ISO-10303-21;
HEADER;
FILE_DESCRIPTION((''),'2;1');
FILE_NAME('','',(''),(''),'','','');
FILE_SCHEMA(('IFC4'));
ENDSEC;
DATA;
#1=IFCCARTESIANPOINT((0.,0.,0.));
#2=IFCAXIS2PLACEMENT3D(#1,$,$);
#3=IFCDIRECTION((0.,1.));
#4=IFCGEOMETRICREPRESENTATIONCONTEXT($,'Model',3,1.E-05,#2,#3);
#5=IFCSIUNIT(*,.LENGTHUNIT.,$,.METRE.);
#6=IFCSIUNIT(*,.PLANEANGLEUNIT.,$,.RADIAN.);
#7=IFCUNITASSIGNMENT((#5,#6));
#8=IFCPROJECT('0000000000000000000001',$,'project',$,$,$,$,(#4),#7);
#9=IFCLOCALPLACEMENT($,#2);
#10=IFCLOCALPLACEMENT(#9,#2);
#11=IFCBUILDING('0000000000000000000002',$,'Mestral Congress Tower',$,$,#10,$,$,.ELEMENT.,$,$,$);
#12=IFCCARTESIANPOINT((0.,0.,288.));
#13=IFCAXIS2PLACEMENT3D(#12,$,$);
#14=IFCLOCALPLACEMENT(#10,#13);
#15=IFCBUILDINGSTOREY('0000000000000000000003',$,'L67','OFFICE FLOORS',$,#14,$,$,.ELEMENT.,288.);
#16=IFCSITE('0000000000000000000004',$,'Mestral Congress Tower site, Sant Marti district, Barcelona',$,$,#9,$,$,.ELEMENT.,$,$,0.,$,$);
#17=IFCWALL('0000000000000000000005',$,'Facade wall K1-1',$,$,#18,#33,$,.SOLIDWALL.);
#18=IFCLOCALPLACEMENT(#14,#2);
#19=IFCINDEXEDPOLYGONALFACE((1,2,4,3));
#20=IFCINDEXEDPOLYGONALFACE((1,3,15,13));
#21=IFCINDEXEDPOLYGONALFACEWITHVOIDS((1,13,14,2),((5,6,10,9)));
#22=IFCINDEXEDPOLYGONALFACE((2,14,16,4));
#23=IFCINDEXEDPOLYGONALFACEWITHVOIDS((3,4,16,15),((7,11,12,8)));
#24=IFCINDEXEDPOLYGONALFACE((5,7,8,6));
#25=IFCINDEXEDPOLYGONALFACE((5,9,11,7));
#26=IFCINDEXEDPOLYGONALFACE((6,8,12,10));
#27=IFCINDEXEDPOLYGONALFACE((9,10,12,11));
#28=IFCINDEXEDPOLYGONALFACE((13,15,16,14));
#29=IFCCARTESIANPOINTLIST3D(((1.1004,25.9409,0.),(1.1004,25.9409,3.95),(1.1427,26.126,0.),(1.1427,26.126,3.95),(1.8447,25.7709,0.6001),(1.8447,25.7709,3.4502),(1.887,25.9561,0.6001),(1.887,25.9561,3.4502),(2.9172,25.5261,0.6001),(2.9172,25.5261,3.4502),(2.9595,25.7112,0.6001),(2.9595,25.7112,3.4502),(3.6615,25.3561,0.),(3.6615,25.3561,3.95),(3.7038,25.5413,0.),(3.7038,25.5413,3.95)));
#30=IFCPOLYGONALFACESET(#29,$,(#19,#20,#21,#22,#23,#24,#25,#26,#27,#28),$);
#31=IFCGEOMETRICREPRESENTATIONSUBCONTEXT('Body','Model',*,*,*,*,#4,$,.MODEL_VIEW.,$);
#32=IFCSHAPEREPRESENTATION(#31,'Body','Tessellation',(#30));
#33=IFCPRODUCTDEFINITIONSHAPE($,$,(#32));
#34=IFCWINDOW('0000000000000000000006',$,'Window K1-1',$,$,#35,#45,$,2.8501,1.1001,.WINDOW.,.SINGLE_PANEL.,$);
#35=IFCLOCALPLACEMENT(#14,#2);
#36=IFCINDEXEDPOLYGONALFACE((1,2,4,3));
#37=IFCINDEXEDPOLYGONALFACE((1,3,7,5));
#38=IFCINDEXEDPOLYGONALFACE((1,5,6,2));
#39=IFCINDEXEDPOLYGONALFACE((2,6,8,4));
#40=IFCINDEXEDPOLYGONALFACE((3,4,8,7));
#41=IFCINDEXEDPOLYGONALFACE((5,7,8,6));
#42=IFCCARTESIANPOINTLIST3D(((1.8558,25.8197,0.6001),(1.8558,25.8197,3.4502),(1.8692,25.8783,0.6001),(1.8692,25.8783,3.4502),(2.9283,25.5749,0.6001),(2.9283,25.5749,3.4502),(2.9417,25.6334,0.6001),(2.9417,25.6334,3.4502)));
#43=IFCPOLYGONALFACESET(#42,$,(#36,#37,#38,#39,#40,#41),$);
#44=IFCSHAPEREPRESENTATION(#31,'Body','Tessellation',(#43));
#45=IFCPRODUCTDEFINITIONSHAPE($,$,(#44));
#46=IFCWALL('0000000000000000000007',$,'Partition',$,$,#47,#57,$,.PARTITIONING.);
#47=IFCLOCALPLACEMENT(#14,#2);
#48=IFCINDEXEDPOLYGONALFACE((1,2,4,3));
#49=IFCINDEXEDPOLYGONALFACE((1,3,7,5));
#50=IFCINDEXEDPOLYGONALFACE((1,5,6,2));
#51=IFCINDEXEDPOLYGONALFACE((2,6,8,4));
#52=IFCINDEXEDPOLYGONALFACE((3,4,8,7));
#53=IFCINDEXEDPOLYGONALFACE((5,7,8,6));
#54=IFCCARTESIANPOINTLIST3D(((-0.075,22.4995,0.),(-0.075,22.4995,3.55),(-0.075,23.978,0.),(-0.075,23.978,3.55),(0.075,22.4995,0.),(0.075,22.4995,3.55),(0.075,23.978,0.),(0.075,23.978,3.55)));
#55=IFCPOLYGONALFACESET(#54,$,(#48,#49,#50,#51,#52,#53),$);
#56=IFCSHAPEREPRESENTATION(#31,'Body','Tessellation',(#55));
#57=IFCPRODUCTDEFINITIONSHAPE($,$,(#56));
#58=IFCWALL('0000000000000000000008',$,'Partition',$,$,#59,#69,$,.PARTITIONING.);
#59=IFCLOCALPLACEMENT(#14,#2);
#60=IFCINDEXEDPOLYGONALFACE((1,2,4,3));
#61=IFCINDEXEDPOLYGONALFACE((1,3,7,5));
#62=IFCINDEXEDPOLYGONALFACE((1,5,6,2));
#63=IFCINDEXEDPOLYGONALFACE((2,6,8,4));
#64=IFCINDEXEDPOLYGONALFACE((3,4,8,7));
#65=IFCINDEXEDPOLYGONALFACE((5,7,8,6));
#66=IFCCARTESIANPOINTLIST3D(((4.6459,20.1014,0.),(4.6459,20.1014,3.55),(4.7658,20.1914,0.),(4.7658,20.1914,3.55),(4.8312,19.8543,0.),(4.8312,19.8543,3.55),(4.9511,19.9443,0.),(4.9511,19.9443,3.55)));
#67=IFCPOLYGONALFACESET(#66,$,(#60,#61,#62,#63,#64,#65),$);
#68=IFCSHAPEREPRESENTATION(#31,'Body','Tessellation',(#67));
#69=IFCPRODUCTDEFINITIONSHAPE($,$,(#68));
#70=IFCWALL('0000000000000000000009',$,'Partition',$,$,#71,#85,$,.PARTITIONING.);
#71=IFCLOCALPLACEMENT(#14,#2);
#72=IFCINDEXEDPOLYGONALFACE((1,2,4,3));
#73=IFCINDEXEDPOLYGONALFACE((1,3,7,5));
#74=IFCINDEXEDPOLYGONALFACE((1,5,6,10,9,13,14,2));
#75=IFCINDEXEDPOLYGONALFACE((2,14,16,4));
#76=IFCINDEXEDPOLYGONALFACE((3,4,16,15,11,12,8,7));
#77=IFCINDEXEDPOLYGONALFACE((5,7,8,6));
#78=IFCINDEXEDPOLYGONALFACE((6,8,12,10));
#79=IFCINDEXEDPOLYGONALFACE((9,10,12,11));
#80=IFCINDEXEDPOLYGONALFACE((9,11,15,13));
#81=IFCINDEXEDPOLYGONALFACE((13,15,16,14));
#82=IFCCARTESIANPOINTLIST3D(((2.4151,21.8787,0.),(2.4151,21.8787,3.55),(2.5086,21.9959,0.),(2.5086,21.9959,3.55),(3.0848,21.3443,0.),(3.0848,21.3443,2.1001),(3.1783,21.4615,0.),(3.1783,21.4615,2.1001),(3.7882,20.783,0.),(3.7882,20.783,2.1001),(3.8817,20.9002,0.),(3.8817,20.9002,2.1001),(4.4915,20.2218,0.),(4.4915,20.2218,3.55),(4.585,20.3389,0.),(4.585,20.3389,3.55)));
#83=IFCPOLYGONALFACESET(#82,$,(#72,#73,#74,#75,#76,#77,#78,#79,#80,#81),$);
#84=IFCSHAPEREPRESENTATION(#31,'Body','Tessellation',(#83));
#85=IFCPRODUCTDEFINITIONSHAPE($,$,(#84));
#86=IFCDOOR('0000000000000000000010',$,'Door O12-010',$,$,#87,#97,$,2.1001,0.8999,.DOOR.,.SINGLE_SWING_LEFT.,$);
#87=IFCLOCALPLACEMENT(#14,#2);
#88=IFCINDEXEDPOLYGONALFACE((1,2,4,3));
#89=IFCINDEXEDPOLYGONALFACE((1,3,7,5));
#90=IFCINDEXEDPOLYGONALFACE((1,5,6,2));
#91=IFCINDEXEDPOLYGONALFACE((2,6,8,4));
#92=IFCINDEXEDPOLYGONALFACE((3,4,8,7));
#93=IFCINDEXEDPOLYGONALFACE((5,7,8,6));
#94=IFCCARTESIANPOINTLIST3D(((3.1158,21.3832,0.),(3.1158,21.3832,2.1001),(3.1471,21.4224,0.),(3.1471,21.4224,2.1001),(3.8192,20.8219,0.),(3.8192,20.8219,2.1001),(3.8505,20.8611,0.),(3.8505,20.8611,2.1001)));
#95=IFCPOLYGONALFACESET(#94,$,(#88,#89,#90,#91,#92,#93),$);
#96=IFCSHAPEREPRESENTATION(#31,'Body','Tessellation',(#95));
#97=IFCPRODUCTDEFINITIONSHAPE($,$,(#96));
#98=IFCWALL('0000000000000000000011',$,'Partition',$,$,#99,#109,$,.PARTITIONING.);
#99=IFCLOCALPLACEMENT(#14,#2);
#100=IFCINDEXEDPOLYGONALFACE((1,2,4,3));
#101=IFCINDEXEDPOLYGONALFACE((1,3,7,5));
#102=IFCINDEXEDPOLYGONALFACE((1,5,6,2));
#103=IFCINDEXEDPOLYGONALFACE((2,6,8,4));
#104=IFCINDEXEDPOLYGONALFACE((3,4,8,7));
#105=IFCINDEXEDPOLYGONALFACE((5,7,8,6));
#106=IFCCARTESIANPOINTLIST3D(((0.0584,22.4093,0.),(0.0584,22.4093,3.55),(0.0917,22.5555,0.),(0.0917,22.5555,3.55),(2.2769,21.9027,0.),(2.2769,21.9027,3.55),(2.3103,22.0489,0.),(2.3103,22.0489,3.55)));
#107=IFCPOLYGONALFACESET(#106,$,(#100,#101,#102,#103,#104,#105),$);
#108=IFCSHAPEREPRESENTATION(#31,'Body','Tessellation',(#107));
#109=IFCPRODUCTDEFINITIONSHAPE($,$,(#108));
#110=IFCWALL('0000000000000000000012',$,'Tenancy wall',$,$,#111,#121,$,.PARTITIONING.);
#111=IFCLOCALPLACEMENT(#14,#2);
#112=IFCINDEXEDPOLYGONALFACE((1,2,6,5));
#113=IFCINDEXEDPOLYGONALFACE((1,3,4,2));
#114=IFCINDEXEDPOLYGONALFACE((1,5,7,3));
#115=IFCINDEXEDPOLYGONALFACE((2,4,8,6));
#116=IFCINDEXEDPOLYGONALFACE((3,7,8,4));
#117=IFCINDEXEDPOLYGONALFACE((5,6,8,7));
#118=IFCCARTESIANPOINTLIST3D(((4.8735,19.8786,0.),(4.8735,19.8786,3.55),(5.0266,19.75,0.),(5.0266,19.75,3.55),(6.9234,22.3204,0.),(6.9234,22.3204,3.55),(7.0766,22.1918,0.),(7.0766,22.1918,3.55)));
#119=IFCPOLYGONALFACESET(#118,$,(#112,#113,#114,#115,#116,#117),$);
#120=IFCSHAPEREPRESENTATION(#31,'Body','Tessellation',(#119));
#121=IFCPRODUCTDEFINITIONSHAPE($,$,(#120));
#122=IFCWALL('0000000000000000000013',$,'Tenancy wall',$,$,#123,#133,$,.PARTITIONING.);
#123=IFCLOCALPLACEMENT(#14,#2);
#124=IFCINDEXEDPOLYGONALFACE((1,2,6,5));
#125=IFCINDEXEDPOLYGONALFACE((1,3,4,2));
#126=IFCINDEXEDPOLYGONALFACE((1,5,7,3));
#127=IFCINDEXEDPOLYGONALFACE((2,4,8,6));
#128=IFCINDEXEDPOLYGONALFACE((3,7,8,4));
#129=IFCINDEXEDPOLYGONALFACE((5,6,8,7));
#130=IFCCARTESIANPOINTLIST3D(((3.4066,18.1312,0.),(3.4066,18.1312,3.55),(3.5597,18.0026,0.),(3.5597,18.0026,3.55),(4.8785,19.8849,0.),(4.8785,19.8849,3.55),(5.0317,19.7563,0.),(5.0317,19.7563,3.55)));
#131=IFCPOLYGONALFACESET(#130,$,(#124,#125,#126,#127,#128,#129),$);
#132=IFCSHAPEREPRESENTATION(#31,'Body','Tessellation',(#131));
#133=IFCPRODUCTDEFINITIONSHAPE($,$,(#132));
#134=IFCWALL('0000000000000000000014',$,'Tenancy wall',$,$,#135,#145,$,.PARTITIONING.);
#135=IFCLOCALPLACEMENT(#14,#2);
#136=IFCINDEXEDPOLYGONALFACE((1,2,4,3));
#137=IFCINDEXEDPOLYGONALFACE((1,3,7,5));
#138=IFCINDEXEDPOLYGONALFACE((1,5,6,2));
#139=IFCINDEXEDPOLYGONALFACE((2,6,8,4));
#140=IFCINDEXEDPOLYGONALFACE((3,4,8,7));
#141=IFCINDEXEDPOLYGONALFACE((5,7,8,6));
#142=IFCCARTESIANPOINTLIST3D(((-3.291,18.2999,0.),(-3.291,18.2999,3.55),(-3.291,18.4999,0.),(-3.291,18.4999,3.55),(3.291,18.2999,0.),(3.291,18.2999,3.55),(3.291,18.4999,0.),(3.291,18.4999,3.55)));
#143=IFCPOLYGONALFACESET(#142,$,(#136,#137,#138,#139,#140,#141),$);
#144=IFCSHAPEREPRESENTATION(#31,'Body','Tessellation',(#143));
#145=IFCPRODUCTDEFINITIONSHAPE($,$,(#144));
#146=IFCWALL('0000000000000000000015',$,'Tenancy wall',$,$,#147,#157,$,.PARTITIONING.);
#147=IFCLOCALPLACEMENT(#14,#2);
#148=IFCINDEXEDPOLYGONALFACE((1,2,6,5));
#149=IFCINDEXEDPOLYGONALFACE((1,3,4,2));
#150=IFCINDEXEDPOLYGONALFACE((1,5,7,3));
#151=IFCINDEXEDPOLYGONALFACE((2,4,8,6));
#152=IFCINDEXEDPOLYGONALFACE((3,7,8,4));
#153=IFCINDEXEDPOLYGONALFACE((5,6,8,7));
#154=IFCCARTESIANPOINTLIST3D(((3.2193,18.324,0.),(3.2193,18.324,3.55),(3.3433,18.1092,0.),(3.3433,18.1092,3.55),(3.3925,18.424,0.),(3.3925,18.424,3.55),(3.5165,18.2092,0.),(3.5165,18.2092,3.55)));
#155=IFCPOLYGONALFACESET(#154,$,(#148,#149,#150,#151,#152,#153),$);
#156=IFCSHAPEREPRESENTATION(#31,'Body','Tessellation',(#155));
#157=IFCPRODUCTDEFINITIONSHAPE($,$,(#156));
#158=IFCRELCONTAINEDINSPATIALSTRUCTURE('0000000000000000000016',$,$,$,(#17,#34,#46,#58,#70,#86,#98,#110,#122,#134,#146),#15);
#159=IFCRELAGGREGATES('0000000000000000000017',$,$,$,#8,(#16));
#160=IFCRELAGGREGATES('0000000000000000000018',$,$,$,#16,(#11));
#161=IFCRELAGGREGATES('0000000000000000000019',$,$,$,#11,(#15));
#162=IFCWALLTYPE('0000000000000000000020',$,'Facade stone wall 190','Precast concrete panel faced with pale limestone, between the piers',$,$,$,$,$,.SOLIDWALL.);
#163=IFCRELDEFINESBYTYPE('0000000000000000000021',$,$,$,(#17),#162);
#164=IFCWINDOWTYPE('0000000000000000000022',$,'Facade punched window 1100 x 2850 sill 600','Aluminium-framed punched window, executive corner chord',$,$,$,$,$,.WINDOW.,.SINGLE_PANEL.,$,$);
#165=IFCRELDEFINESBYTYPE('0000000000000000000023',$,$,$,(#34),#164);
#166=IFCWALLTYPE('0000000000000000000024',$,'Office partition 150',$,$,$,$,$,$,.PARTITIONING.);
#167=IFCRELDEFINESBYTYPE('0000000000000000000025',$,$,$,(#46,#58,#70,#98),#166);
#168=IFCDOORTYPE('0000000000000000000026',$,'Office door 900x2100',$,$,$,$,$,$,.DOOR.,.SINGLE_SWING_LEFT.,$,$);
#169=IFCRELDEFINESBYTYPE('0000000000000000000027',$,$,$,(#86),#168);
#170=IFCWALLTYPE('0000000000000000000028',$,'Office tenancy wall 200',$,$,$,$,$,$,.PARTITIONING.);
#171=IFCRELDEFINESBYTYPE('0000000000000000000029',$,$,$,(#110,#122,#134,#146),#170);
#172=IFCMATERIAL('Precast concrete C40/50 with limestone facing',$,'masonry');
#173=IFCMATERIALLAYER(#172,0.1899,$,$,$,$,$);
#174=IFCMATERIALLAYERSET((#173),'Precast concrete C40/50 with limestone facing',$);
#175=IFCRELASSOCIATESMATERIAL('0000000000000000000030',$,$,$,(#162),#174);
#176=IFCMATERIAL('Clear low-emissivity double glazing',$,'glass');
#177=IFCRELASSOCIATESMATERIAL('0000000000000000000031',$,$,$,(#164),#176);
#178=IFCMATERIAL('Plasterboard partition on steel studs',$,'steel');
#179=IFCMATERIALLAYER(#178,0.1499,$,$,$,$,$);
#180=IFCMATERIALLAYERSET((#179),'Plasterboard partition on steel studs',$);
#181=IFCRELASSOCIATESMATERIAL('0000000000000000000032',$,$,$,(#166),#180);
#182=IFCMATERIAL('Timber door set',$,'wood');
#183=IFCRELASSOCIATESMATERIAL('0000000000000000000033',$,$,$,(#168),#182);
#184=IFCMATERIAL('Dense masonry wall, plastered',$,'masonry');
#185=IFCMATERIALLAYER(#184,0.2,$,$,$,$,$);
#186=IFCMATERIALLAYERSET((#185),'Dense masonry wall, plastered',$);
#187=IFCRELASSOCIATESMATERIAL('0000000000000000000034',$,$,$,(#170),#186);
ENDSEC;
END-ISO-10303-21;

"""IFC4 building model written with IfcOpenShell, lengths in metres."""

from ifc_helpers import new_model, si_unit, direction, frame, frame_2d, origin, place, context, subcontext, project, spatial, rectangle, extrude, material, layer, layer_set, type_object, element, fill, save


model = new_model("IFC4")

# Units and contexts
model_context = context("Model", 3, precision=1e-05, world=origin(), true_north=direction((0.0, 1.0)))
body_context = subcontext(model_context, "Body", "Model", "MODEL_VIEW")
ifc_project = project(units=[si_unit("LENGTHUNIT", "METRE"), si_unit("PLANEANGLEUNIT", "RADIAN")], contexts=[model_context])

# Site, building, storey
site_placement = place(None, origin())
site = spatial("IfcSite", under=ifc_project, at=site_placement, Name="Mestral Congress Tower site, Sant Marti district, Barcelona", CompositionType="ELEMENT", RefElevation=0.0)
building_placement = place(site_placement, origin())
building = spatial("IfcBuilding", under=site, at=building_placement, Name="Mestral Congress Tower", CompositionType="ELEMENT")
storey_placement = place(building_placement, frame((0.0, 0.0, 288.0)))
storey = spatial("IfcBuildingStorey", under=building, at=storey_placement, Name="L67", Description="OFFICE FLOORS", CompositionType="ELEMENT", Elevation=288.0)

# Shared definitions
ifc_material_1 = material(Name="Precast concrete C40/50 with limestone facing", Category="masonry")
ifc_layer_1 = layer(ifc_material_1, 0.1899)
ifc_layer_set_1 = layer_set([ifc_layer_1], Name="Precast concrete C40/50 with limestone facing")
wall_type_1 = type_object("IfcWallType", Name="Facade stone wall 190", Description="Precast concrete panel faced with pale limestone, between the piers", PredefinedType="SOLIDWALL", material=ifc_layer_set_1)
ifc_material_2 = material(Name="Clear low-emissivity double glazing", Category="glass")

# Wall, opening, window
window_type_1 = type_object("IfcWindowType", Name="Facade punched window 1100 x 2850 sill 600", Description="Aluminium-framed punched window, executive corner chord", PartitioningType="SINGLE_PANEL", PredefinedType="WINDOW", material=ifc_material_2)
wall_1_placement = place(storey_placement, frame((3.6826, 25.4487, 0.0), z_axis=(0.0, 0.0, 1.0), x_axis=(-0.974913, 0.222585, 0.0)))
wall_1 = element("IfcWall", 1, at=wall_1_placement, inside=storey, type_object=wall_type_1, Name="Facade wall K1-1", PredefinedType="SOLIDWALL", context=body_context, shape_type="SweptSolid", body=[
    extrude(rectangle(XDim=2.627, YDim=0.1899, at=frame_2d((1.3135, 0.0))), origin(), (0.0, 0.0, 1.0), 3.95),
])
opening_1_placement = place(wall_1_placement, frame((0.7634, 0.0, 0.6001)))
opening_1 = element("IfcOpeningElement", 2, at=opening_1_placement, cuts=wall_1, PredefinedType="OPENING", context=body_context, shape_type="SweptSolid", body=[
    extrude(rectangle(XDim=1.1001, YDim=2.8501, at=frame_2d((0.55, 1.425))), frame((0.0, 0.105, 0.0), z_axis=(0.0, -1.0, 0.0), x_axis=(1.0, 0.0, 0.0)), (0.0, 0.0, 1.0), 0.21),
])
window_1_placement = place(opening_1_placement, origin())
window_1 = element("IfcWindow", 3, at=window_1_placement, inside=storey, type_object=window_type_1, Name="Window K1-1", OverallHeight=2.8501, OverallWidth=1.1001, PartitioningType="SINGLE_PANEL", PredefinedType="WINDOW", context=body_context, shape_type="SweptSolid", body=[
    extrude(rectangle(XDim=1.1001, YDim=2.8501, at=frame_2d((0.55, 1.425))), frame((0.0, 0.0449, 0.0), z_axis=(0.0, -1.0, 0.0), x_axis=(1.0, 0.0, 0.0)), (0.0, 0.0, 1.0), 0.0601),
])
fill(opening_1, window_1)

# Walls
ifc_material_3 = material(Name="Plasterboard partition on steel studs", Category="steel")
ifc_layer_2 = layer(ifc_material_3, 0.1499)
ifc_layer_set_2 = layer_set([ifc_layer_2], Name="Plasterboard partition on steel studs")
wall_type_2 = type_object("IfcWallType", Name="Office partition 150", PredefinedType="PARTITIONING", material=ifc_layer_set_2)
wall_2_placement = place(storey_placement, frame((0.0, 22.4995, 0.0), z_axis=(0.0, 0.0, 1.0), x_axis=(0.0, 1.0, 0.0)))
element("IfcWall", 4, at=wall_2_placement, inside=storey, type_object=wall_type_2, Name="Partition", PredefinedType="PARTITIONING", context=body_context, shape_type="SweptSolid", body=[
    extrude(rectangle(XDim=1.4785, YDim=0.1499, at=frame_2d((0.7393, 0.0))), origin(), (0.0, 0.0, 1.0), 3.55),
])
wall_3_placement = place(storey_placement, frame((4.8911, 19.8994, 0.0), z_axis=(0.0, 0.0, 1.0), x_axis=(-0.6, 0.8, 0.0)))
element("IfcWall", 5, at=wall_3_placement, inside=storey, type_object=wall_type_2, Name="Partition", PredefinedType="PARTITIONING", context=body_context, shape_type="SweptSolid", body=[
    extrude(rectangle(XDim=0.3088, YDim=0.1499, at=frame_2d((0.1543, 0.0))), origin(), (0.0, 0.0, 1.0), 3.55),
])

# Wall, opening, door
wall_4_placement = place(storey_placement, frame((2.4619, 21.9373, 0.0), z_axis=(0.0, 0.0, 1.0), x_axis=(0.78163, -0.623742, 0.0)))
wall_4 = element("IfcWall", 6, at=wall_4_placement, inside=storey, type_object=wall_type_2, Name="Partition", PredefinedType="PARTITIONING", context=body_context, shape_type="SweptSolid", body=[
    extrude(rectangle(XDim=2.6565, YDim=0.1499, at=frame_2d((1.3281, 0.0))), origin(), (0.0, 0.0, 1.0), 3.55),
])
opening_2_placement = place(wall_4_placement, frame((0.8567, 0.0, 0.0)))
opening_2 = element("IfcOpeningElement", 7, at=opening_2_placement, cuts=wall_4, PredefinedType="OPENING", context=body_context, shape_type="SweptSolid", body=[
    extrude(rectangle(XDim=0.8999, YDim=2.1001, at=frame_2d((0.45, 1.05))), frame((0.0, 0.085, 0.0), z_axis=(0.0, -1.0, 0.0), x_axis=(1.0, 0.0, 0.0)), (0.0, 0.0, 1.0), 0.1699),
])
ifc_material_4 = material(Name="Timber door set", Category="wood")
door_type = type_object("IfcDoorType", Name="Office door 900x2100", OperationType="SINGLE_SWING_LEFT", PredefinedType="DOOR", material=ifc_material_4)
door_placement = place(opening_2_placement, origin())
door = element("IfcDoor", 8, at=door_placement, inside=storey, type_object=door_type, Name="Door O12-010", OperationType="SINGLE_SWING_LEFT", OverallHeight=2.1001, OverallWidth=0.8999, PredefinedType="DOOR", context=body_context, shape_type="SweptSolid", body=[
    extrude(rectangle(XDim=0.8999, YDim=2.1001, at=frame_2d((0.45, 1.05))), frame((0.0, 0.0249, 0.0), z_axis=(0.0, -1.0, 0.0), x_axis=(1.0, 0.0, 0.0)), (0.0, 0.0, 1.0), 0.05),
])
fill(opening_2, door)

# Walls
wall_5_placement = place(storey_placement, frame((2.2935, 21.9758, 0.0), z_axis=(0.0, 0.0, 1.0), x_axis=(-0.974906, 0.222618, 0.0)))
element("IfcWall", 9, at=wall_5_placement, inside=storey, type_object=wall_type_2, Name="Partition", PredefinedType="PARTITIONING", context=body_context, shape_type="SweptSolid", body=[
    extrude(rectangle(XDim=2.2756, YDim=0.1499, at=frame_2d((1.1377, 0.0))), origin(), (0.0, 0.0, 1.0), 3.55),
])
ifc_material_5 = material(Name="Dense masonry wall, plastered", Category="masonry")
ifc_layer_3 = layer(ifc_material_5, 0.2)
ifc_layer_set_3 = layer_set([ifc_layer_3], Name="Dense masonry wall, plastered")
wall_type_3 = type_object("IfcWallType", Name="Office tenancy wall 200", PredefinedType="PARTITIONING", material=ifc_layer_set_3)
wall_6_placement = place(storey_placement, frame((4.95, 19.8142, 0.0), z_axis=(0.0, 0.0, 1.0), x_axis=(0.642982, 0.765881, 0.0)))
element("IfcWall", 10, at=wall_6_placement, inside=storey, type_object=wall_type_3, Name="Tenancy wall", PredefinedType="PARTITIONING", context=body_context, shape_type="SweptSolid", body=[
    extrude(rectangle(XDim=3.1882, YDim=0.2, at=frame_2d((1.5942, 0.0))), origin(), (0.0, 0.0, 1.0), 3.55),
])
wall_7_placement = place(storey_placement, frame((3.4832, 18.0669, 0.0), z_axis=(0.0, 0.0, 1.0), x_axis=(0.642897, 0.765953, 0.0)))
element("IfcWall", 11, at=wall_7_placement, inside=storey, type_object=wall_type_3, Name="Tenancy wall", PredefinedType="PARTITIONING", context=body_context, shape_type="SweptSolid", body=[
    extrude(rectangle(XDim=2.2896, YDim=0.2, at=frame_2d((1.1448, 0.0))), origin(), (0.0, 0.0, 1.0), 3.55),
])
wall_8_placement = place(storey_placement, frame((3.291, 18.3999, 0.0), z_axis=(0.0, 0.0, 1.0), x_axis=(-1.0, 0.0, 0.0)))
element("IfcWall", 12, at=wall_8_placement, inside=storey, type_object=wall_type_3, Name="Tenancy wall", PredefinedType="PARTITIONING", context=body_context, shape_type="SweptSolid", body=[
    extrude(rectangle(XDim=6.582, YDim=0.2, at=frame_2d((3.291, 0.0))), origin(), (0.0, 0.0, 1.0), 3.55),
])
wall_9_placement = place(storey_placement, frame((3.4299, 18.1592, 0.0), z_axis=(0.0, 0.0, 1.0), x_axis=(-0.49995, 0.866054, 0.0)))
element("IfcWall", 13, at=wall_9_placement, inside=storey, type_object=wall_type_3, Name="Tenancy wall", PredefinedType="PARTITIONING", context=body_context, shape_type="SweptSolid", body=[
    extrude(rectangle(XDim=0.248, YDim=0.2, at=frame_2d((0.124, 0.0))), origin(), (0.0, 0.0, 1.0), 3.55),
])

save(model, "model.ifc")
